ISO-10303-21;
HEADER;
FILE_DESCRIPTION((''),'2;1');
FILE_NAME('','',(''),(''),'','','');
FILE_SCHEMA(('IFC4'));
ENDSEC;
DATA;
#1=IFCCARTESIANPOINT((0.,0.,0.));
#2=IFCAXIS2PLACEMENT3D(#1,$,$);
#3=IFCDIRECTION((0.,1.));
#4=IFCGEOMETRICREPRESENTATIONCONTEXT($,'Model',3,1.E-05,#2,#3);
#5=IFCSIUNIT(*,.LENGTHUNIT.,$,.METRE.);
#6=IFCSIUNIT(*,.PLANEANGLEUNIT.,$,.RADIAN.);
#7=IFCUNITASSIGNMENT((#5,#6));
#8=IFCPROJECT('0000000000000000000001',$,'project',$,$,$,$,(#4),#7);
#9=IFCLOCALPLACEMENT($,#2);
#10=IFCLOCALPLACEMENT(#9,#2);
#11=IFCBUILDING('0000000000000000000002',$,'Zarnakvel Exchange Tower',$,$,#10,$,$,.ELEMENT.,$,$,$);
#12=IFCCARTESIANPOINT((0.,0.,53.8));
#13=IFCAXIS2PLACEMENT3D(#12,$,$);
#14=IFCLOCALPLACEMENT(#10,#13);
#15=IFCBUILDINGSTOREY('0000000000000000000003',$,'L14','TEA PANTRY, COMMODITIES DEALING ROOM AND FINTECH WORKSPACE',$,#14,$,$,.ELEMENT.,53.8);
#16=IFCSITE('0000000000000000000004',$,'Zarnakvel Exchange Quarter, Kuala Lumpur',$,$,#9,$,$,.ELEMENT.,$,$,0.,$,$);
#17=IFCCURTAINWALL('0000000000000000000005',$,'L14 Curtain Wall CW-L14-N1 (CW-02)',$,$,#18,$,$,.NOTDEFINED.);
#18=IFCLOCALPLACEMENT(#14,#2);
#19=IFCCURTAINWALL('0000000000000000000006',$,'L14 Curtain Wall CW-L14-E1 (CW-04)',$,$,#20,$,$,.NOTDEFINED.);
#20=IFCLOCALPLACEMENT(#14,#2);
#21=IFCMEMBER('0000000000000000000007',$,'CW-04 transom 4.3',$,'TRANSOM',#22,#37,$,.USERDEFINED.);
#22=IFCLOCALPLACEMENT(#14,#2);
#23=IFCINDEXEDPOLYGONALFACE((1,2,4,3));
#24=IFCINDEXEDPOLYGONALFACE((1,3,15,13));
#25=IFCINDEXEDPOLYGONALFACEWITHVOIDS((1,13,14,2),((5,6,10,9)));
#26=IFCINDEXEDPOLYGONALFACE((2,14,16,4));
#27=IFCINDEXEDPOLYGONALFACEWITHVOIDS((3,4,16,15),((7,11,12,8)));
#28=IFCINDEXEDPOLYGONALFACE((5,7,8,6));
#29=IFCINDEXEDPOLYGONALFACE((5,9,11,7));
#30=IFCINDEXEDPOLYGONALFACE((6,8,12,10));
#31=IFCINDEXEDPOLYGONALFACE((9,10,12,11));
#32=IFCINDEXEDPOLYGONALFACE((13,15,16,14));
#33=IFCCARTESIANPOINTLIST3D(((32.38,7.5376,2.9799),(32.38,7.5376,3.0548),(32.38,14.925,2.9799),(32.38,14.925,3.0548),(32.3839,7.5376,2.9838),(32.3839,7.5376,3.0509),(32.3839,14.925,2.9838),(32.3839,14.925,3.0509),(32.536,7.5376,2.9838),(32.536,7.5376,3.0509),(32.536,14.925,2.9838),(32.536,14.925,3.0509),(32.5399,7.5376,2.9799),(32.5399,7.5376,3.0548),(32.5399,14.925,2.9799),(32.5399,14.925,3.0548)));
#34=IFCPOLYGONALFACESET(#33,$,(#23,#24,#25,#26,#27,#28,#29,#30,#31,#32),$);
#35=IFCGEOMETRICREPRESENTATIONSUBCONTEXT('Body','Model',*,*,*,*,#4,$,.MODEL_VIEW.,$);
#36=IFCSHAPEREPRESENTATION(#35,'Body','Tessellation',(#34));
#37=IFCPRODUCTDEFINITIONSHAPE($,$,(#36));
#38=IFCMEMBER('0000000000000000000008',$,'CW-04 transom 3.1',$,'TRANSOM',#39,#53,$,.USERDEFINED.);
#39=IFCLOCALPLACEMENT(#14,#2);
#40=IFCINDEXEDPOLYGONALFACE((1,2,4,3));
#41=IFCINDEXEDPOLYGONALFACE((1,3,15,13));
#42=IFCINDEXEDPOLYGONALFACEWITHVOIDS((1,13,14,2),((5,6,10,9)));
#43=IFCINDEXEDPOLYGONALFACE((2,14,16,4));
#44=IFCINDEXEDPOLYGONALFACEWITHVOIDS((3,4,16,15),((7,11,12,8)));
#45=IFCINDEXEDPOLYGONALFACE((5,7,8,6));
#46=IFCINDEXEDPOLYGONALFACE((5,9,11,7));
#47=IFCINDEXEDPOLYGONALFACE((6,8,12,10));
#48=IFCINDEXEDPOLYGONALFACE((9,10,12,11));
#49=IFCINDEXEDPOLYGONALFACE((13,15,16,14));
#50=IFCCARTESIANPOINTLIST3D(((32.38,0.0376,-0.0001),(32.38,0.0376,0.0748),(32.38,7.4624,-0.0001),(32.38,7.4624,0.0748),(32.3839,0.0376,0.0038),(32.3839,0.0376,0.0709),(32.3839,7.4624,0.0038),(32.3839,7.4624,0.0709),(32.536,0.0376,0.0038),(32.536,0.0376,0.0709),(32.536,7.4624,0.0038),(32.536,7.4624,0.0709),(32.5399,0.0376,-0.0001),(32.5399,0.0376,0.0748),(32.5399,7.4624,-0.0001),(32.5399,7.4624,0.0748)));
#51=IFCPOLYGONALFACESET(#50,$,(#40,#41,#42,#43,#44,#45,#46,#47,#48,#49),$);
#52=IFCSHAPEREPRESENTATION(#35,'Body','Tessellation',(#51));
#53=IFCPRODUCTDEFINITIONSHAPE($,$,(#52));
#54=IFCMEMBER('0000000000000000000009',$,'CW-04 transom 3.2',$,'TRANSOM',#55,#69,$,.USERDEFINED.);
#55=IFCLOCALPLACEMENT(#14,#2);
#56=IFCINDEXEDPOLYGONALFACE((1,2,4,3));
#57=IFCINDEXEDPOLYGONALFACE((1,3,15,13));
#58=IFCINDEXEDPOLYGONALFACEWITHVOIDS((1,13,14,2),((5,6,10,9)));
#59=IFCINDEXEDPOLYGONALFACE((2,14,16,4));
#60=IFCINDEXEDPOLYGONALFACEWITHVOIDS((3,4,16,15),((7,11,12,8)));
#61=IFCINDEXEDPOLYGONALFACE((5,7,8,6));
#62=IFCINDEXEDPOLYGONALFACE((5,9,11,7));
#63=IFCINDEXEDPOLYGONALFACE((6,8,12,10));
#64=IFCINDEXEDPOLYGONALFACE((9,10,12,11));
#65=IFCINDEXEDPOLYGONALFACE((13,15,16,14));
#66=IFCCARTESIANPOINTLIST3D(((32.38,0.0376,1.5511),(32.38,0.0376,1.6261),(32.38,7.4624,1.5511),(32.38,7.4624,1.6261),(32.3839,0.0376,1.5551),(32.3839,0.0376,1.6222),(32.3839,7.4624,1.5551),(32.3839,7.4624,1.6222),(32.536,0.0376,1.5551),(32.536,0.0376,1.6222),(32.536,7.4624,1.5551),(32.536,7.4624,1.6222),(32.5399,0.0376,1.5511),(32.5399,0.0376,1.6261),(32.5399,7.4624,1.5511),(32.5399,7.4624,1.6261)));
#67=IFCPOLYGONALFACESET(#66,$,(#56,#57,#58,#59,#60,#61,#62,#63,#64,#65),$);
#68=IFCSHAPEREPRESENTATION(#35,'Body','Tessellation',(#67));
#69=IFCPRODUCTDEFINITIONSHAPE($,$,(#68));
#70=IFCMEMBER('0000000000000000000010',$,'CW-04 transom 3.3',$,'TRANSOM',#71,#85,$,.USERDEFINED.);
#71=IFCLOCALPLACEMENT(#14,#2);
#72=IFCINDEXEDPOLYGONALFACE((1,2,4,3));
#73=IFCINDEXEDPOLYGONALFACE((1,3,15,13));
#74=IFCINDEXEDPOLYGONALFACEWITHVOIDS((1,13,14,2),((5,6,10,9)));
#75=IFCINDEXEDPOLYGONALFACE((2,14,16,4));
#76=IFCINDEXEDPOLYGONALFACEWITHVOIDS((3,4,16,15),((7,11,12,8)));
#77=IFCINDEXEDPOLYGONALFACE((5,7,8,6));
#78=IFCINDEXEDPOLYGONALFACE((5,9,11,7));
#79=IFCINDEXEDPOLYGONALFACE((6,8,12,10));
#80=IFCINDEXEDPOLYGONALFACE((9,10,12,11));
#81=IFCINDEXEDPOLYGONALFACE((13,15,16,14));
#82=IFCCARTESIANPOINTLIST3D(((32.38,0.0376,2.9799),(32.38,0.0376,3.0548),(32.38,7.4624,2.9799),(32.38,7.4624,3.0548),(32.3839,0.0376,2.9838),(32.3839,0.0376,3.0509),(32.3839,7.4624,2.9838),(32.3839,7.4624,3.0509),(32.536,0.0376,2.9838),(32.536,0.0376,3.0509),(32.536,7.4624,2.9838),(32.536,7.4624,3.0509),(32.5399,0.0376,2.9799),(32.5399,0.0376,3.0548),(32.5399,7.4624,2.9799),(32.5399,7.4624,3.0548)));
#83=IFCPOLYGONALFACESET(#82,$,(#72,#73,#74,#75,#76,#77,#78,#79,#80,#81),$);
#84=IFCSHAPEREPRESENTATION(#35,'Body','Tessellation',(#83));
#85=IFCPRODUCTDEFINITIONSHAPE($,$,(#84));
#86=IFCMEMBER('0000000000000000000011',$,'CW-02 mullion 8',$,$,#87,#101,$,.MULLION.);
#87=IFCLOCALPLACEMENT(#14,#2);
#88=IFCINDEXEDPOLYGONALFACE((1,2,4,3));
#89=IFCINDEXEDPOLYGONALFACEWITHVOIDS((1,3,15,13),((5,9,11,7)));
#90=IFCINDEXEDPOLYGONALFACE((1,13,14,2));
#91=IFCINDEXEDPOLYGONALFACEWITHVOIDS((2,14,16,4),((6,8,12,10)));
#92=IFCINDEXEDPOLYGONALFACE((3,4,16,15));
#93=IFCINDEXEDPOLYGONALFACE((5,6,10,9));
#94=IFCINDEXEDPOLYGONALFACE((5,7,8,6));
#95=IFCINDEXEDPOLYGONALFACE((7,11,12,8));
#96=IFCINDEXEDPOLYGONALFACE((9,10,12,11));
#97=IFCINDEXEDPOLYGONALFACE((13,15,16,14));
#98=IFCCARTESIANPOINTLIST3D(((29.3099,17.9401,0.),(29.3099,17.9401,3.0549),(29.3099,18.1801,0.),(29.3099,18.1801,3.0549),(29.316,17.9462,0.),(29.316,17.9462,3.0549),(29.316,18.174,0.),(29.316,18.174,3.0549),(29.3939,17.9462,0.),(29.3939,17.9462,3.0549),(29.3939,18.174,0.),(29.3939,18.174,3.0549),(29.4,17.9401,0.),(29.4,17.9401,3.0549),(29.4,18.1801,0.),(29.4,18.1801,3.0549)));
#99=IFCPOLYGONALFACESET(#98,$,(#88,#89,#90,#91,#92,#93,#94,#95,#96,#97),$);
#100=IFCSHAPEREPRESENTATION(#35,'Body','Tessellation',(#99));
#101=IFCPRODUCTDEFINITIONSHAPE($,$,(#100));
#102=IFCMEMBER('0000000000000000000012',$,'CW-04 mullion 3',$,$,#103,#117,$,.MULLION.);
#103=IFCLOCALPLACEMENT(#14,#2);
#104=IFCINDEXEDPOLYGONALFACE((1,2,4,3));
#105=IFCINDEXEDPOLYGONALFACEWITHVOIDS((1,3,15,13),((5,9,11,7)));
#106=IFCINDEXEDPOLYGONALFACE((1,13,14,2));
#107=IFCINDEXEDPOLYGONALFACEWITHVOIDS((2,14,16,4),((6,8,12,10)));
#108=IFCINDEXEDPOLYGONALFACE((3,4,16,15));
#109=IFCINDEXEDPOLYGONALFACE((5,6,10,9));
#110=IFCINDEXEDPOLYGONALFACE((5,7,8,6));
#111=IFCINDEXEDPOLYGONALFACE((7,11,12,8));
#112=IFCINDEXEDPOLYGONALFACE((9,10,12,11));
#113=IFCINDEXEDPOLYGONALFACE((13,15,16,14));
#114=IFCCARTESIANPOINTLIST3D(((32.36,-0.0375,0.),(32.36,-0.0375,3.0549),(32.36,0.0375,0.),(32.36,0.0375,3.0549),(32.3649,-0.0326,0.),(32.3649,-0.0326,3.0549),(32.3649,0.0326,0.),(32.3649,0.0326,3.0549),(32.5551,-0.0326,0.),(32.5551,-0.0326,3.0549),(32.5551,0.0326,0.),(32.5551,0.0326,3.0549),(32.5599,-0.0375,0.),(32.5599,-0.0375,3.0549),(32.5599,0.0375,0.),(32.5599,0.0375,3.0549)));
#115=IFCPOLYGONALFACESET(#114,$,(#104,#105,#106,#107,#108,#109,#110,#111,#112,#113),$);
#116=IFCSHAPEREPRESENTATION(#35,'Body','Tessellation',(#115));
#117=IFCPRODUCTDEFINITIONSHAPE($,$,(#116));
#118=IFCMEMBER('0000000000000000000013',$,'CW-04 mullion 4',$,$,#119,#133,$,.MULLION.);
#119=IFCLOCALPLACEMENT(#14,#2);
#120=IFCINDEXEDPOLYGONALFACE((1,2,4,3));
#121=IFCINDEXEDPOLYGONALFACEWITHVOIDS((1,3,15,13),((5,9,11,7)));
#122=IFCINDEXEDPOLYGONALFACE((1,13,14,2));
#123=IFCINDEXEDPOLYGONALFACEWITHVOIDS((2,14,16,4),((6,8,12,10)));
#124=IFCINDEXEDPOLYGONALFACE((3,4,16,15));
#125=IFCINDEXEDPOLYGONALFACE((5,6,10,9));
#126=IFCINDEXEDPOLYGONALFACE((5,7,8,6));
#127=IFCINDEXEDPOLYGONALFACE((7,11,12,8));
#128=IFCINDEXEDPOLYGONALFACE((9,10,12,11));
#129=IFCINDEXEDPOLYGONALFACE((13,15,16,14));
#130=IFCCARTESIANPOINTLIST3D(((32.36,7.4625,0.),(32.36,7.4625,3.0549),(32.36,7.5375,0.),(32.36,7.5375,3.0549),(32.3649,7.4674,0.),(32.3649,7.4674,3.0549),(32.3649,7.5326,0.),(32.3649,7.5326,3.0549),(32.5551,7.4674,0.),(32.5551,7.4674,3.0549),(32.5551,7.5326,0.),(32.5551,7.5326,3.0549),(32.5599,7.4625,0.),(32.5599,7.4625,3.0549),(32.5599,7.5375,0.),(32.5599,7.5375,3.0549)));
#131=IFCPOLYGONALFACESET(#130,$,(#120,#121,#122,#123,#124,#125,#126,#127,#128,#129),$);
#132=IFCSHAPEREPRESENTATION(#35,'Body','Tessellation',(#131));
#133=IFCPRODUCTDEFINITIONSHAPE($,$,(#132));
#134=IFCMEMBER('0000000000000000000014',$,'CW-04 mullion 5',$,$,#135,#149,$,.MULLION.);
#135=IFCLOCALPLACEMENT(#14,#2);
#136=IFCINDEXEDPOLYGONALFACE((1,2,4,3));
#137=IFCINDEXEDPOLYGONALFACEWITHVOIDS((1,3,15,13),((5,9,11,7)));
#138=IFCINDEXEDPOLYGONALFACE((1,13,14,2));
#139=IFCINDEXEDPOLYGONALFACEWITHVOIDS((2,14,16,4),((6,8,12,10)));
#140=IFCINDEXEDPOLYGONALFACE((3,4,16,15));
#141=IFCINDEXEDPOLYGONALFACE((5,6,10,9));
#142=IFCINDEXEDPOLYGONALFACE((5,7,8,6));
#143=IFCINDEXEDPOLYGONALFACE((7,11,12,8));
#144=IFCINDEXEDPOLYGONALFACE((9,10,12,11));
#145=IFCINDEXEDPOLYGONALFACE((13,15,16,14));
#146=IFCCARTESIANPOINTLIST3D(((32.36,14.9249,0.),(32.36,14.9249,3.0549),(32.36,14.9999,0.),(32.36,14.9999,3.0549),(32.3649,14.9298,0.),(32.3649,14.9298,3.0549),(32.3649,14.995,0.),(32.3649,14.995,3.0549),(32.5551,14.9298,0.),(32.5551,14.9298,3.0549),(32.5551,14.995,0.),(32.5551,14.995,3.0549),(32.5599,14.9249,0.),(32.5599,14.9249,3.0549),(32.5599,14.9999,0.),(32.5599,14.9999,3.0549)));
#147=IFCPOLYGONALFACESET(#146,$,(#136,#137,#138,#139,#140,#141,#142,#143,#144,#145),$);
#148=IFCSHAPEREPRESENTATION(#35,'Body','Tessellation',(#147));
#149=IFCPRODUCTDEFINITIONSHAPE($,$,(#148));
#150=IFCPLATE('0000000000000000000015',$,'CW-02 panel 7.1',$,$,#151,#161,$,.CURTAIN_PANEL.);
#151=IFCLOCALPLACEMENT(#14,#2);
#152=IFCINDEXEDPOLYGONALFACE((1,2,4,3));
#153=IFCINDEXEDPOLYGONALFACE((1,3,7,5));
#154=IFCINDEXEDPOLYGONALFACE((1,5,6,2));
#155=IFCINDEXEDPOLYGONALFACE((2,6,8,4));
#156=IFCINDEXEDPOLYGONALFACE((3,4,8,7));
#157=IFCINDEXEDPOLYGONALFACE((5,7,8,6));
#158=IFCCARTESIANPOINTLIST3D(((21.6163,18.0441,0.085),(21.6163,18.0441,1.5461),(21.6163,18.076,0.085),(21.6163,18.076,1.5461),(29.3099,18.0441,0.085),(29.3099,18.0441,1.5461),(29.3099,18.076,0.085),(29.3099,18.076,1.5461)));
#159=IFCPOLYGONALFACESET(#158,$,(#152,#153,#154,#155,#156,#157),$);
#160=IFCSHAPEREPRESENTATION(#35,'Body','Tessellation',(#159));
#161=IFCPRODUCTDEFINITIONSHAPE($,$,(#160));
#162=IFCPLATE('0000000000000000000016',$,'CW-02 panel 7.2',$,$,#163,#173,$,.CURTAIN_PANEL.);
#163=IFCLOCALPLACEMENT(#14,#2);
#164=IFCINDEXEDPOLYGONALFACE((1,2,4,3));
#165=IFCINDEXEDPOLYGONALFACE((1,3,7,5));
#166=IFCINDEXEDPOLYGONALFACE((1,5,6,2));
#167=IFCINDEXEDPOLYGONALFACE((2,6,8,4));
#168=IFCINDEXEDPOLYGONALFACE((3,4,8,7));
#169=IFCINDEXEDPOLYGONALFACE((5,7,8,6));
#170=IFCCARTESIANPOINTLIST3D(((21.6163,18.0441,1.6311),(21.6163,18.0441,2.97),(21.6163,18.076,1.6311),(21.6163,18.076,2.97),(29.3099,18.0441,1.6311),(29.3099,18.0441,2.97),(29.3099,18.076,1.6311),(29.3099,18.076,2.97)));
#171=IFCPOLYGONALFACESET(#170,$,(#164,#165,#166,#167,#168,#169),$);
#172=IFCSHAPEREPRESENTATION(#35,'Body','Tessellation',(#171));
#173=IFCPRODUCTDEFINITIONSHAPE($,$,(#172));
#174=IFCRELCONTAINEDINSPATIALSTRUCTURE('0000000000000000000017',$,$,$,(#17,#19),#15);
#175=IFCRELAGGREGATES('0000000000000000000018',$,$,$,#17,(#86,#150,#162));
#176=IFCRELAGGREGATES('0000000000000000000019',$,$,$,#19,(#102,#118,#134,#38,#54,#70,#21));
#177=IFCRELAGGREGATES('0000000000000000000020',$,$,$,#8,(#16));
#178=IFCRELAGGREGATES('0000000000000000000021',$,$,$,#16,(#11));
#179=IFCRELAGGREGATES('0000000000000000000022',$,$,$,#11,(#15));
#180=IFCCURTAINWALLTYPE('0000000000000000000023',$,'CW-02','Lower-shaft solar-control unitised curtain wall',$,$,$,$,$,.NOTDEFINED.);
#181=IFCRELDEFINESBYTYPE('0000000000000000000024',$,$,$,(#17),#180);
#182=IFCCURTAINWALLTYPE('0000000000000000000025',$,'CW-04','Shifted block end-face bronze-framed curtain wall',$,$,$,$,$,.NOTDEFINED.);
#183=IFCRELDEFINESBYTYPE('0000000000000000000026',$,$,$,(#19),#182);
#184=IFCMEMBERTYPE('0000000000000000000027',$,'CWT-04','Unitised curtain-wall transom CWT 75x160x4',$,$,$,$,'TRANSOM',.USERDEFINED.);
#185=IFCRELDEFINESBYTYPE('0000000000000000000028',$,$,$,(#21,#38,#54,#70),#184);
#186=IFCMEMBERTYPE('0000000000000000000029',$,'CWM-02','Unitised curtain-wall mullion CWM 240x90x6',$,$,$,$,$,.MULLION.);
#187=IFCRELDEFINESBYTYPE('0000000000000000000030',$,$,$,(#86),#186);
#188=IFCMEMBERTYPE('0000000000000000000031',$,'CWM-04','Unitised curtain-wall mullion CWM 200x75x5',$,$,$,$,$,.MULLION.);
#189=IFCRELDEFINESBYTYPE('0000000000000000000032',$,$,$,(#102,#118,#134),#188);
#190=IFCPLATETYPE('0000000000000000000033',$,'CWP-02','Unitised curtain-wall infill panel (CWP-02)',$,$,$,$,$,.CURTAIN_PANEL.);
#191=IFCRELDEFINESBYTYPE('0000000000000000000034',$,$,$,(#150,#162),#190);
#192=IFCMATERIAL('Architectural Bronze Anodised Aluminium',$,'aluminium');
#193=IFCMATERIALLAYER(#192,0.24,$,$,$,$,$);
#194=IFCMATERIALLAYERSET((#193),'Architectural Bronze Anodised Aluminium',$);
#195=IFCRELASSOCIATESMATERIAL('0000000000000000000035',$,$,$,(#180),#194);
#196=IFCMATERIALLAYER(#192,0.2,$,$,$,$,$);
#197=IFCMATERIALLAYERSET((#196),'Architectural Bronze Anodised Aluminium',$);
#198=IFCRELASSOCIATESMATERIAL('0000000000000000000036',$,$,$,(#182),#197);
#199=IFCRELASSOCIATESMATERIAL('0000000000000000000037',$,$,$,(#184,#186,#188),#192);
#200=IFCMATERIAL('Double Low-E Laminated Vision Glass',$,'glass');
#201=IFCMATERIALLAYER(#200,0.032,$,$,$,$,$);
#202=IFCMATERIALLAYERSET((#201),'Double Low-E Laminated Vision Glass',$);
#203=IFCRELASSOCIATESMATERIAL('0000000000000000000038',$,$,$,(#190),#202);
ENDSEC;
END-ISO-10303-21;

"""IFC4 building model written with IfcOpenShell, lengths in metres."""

from ifc_helpers import new_model, si_unit, direction, frame, origin, origin_2d, place, context, subcontext, project, spatial, rectangle, hollow_rectangle, extrude, source, transform, mapped, material, layer, layer_set, material_profile, profile_set, type_object, element, aggregate, save


model = new_model("IFC4")

# Units and contexts
model_context = context("Model", 3, precision=1e-05, world=origin(), true_north=direction((0.0, 1.0)))
body_context = subcontext(model_context, "Body", "Model", "MODEL_VIEW")
ifc_project = project(units=[si_unit("LENGTHUNIT", "METRE"), si_unit("PLANEANGLEUNIT", "RADIAN")], contexts=[model_context])

# Site, building, storey
site_placement = place(None, origin())
site = spatial("IfcSite", under=ifc_project, at=site_placement, Name="Zarnakvel Exchange Quarter, Kuala Lumpur", CompositionType="ELEMENT", RefElevation=0.0)
building_placement = place(site_placement, origin())
building = spatial("IfcBuilding", under=site, at=building_placement, Name="Zarnakvel Exchange Tower", CompositionType="ELEMENT")
storey_placement = place(building_placement, frame((0.0, 0.0, 53.8)))
storey = spatial("IfcBuildingStorey", under=building, at=storey_placement, Name="L14", Description="TEA PANTRY, COMMODITIES DEALING ROOM AND FINTECH WORKSPACE", CompositionType="ELEMENT", Elevation=53.8)

# Curtain walls, members
ifc_material_1 = material(Name="Architectural Bronze Anodised Aluminium", Category="aluminium")
ifc_layer_1 = layer(ifc_material_1, 0.24)
ifc_layer_set_1 = layer_set([ifc_layer_1], Name="Architectural Bronze Anodised Aluminium")
curtain_wall_type_1 = type_object("IfcCurtainWallType", Name="CW-02", Description="Lower-shaft solar-control unitised curtain wall", PredefinedType="NOTDEFINED", material=ifc_layer_set_1)
curtain_wall_1_placement = place(storey_placement, origin())
curtain_wall_1 = element("IfcCurtainWall", 1, at=curtain_wall_1_placement, inside=storey, type_object=curtain_wall_type_1, Name="L14 Curtain Wall CW-L14-N1 (CW-02)", PredefinedType="NOTDEFINED")
ifc_layer_2 = layer(ifc_material_1, 0.2)
ifc_layer_set_2 = layer_set([ifc_layer_2], Name="Architectural Bronze Anodised Aluminium")
curtain_wall_type_2 = type_object("IfcCurtainWallType", Name="CW-04", Description="Shifted block end-face bronze-framed curtain wall", PredefinedType="NOTDEFINED", material=ifc_layer_set_2)
curtain_wall_2_placement = place(storey_placement, origin())
curtain_wall_2 = element("IfcCurtainWall", 2, at=curtain_wall_2_placement, inside=storey, type_object=curtain_wall_type_2, Name="L14 Curtain Wall CW-L14-E1 (CW-04)", PredefinedType="NOTDEFINED")
ifc_material_profile_1 = material_profile(ifc_material_1, hollow_rectangle(XDim=0.1599, YDim=0.075, WallThickness=0.0039, at=origin_2d()))
ifc_profile_set_1 = profile_set([ifc_material_profile_1], Name="Architectural Bronze Anodised Aluminium")
member_type_1 = type_object("IfcMemberType", Name="CWT-04", Description="Unitised curtain-wall transom CWT 75x160x4", ElementType="TRANSOM", PredefinedType="USERDEFINED", material=ifc_profile_set_1)
shared_shape_1 = source(origin(), body_context, "Body", "SweptSolid", [
    extrude(hollow_rectangle(XDim=0.1599, YDim=0.075, WallThickness=0.0039, at=origin_2d()), origin(), (0.0, 0.0, 1.0), 7.3875),
])
member_1_placement = place(storey_placement, frame((32.46, 7.5376, 3.0173), z_axis=(0.0, 1.0, 0.0), x_axis=(-1.0, 0.0, 0.0)))
member_1 = element("IfcMember", 3, at=member_1_placement, type_object=member_type_1, Name="CW-04 transom 4.3", ObjectType="TRANSOM", PredefinedType="USERDEFINED", context=body_context, shape_type="MappedRepresentation", body=[
    mapped(shared_shape_1, transform((0.0, 0.0, 0.0), x_axis=(1.0, 0.0, 0.0), y_axis=(0.0, 1.0, 0.0), z_axis=(0.0, 0.0, 1.0), scale=1.0)),
])
shared_shape_2 = source(origin(), body_context, "Body", "SweptSolid", [
    extrude(hollow_rectangle(XDim=0.1599, YDim=0.075, WallThickness=0.0039, at=origin_2d()), origin(), (0.0, 0.0, 1.0), 7.4248),
])
member_2_placement = place(storey_placement, frame((32.46, 0.0376, 0.0374), z_axis=(0.0, 1.0, 0.0), x_axis=(-1.0, 0.0, 0.0)))
member_2 = element("IfcMember", 4, at=member_2_placement, type_object=member_type_1, Name="CW-04 transom 3.1", ObjectType="TRANSOM", PredefinedType="USERDEFINED", context=body_context, shape_type="MappedRepresentation", body=[
    mapped(shared_shape_2, transform((0.0, 0.0, 0.0), x_axis=(1.0, 0.0, 0.0), y_axis=(0.0, 1.0, 0.0), z_axis=(0.0, 0.0, 1.0), scale=1.0)),
])
member_3_placement = place(storey_placement, frame((32.46, 0.0376, 1.5886), z_axis=(0.0, 1.0, 0.0), x_axis=(-1.0, 0.0, 0.0)))
member_3 = element("IfcMember", 5, at=member_3_placement, type_object=member_type_1, Name="CW-04 transom 3.2", ObjectType="TRANSOM", PredefinedType="USERDEFINED", context=body_context, shape_type="MappedRepresentation", body=[
    mapped(shared_shape_2, transform((0.0, 0.0, 0.0), x_axis=(1.0, 0.0, 0.0), y_axis=(0.0, 1.0, 0.0), z_axis=(0.0, 0.0, 1.0), scale=1.0)),
])
member_4_placement = place(storey_placement, frame((32.46, 0.0376, 3.0173), z_axis=(0.0, 1.0, 0.0), x_axis=(-1.0, 0.0, 0.0)))
member_4 = element("IfcMember", 6, at=member_4_placement, type_object=member_type_1, Name="CW-04 transom 3.3", ObjectType="TRANSOM", PredefinedType="USERDEFINED", context=body_context, shape_type="MappedRepresentation", body=[
    mapped(shared_shape_2, transform((0.0, 0.0, 0.0), x_axis=(1.0, 0.0, 0.0), y_axis=(0.0, 1.0, 0.0), z_axis=(0.0, 0.0, 1.0), scale=1.0)),
])

# Members
ifc_material_profile_2 = material_profile(ifc_material_1, hollow_rectangle(XDim=0.24, YDim=0.0901, WallThickness=0.0061, at=origin_2d()))
ifc_profile_set_2 = profile_set([ifc_material_profile_2], Name="Architectural Bronze Anodised Aluminium")
member_type_2 = type_object("IfcMemberType", Name="CWM-02", Description="Unitised curtain-wall mullion CWM 240x90x6", PredefinedType="MULLION", material=ifc_profile_set_2)
shared_shape_3 = source(origin(), body_context, "Body", "SweptSolid", [
    extrude(hollow_rectangle(XDim=0.24, YDim=0.0901, WallThickness=0.0061, at=origin_2d()), origin(), (0.0, 0.0, 1.0), 3.0549),
])
member_5_placement = place(storey_placement, frame((29.355, 18.0601, 0.0), z_axis=(0.0, 0.0, 1.0), x_axis=(0.0, 1.0, 0.0)))
member_5 = element("IfcMember", 7, at=member_5_placement, type_object=member_type_2, Name="CW-02 mullion 8", PredefinedType="MULLION", context=body_context, shape_type="MappedRepresentation", body=[
    mapped(shared_shape_3, transform((0.0, 0.0, 0.0), x_axis=(1.0, 0.0, 0.0), y_axis=(0.0, 1.0, 0.0), z_axis=(0.0, 0.0, 1.0), scale=1.0)),
])
ifc_material_profile_3 = material_profile(ifc_material_1, hollow_rectangle(XDim=0.2, YDim=0.075, WallThickness=0.0049, at=origin_2d()))
ifc_profile_set_3 = profile_set([ifc_material_profile_3], Name="Architectural Bronze Anodised Aluminium")
member_type_3 = type_object("IfcMemberType", Name="CWM-04", Description="Unitised curtain-wall mullion CWM 200x75x5", PredefinedType="MULLION", material=ifc_profile_set_3)
shared_shape_4 = source(origin(), body_context, "Body", "SweptSolid", [
    extrude(hollow_rectangle(XDim=0.2, YDim=0.075, WallThickness=0.0049, at=origin_2d()), origin(), (0.0, 0.0, 1.0), 3.0549),
])
member_6_placement = place(storey_placement, frame((32.46, 0.0, 0.0), z_axis=(0.0, 0.0, 1.0), x_axis=(-1.0, 0.0, 0.0)))
member_6 = element("IfcMember", 8, at=member_6_placement, type_object=member_type_3, Name="CW-04 mullion 3", PredefinedType="MULLION", context=body_context, shape_type="MappedRepresentation", body=[
    mapped(shared_shape_4, transform((0.0, 0.0, 0.0), x_axis=(1.0, 0.0, 0.0), y_axis=(0.0, 1.0, 0.0), z_axis=(0.0, 0.0, 1.0), scale=1.0)),
])
member_7_placement = place(storey_placement, frame((32.46, 7.5, 0.0), z_axis=(0.0, 0.0, 1.0), x_axis=(-1.0, 0.0, 0.0)))
member_7 = element("IfcMember", 9, at=member_7_placement, type_object=member_type_3, Name="CW-04 mullion 4", PredefinedType="MULLION", context=body_context, shape_type="MappedRepresentation", body=[
    mapped(shared_shape_4, transform((0.0, 0.0, 0.0), x_axis=(1.0, 0.0, 0.0), y_axis=(0.0, 1.0, 0.0), z_axis=(0.0, 0.0, 1.0), scale=1.0)),
])
member_8_placement = place(storey_placement, frame((32.46, 14.9624, 0.0), z_axis=(0.0, 0.0, 1.0), x_axis=(-1.0, 0.0, 0.0)))
member_8 = element("IfcMember", 10, at=member_8_placement, type_object=member_type_3, Name="CW-04 mullion 5", PredefinedType="MULLION", context=body_context, shape_type="MappedRepresentation", body=[
    mapped(shared_shape_4, transform((0.0, 0.0, 0.0), x_axis=(1.0, 0.0, 0.0), y_axis=(0.0, 1.0, 0.0), z_axis=(0.0, 0.0, 1.0), scale=1.0)),
])

# Plates
ifc_material_2 = material(Name="Double Low-E Laminated Vision Glass", Category="glass")
ifc_layer_3 = layer(ifc_material_2, 0.032)
ifc_layer_set_3 = layer_set([ifc_layer_3], Name="Double Low-E Laminated Vision Glass")
plate_type_1 = type_object("IfcPlateType", Name="CWP-02", Description="Unitised curtain-wall infill panel (CWP-02)", PredefinedType="CURTAIN_PANEL", material=ifc_layer_set_3)
shared_shape_5 = source(origin(), body_context, "Body", "SweptSolid", [
    extrude(rectangle(XDim=7.6936, YDim=0.032, at=origin_2d()), origin(), (0.0, 0.0, 1.0), 1.4612),
])
plate_1_placement = place(storey_placement, frame((25.4631, 18.0601, 0.085), z_axis=(0.0, 0.0, 1.0), x_axis=(1.0, 0.0, 0.0)))
plate_1 = element("IfcPlate", 11, at=plate_1_placement, type_object=plate_type_1, Name="CW-02 panel 7.1", PredefinedType="CURTAIN_PANEL", context=body_context, shape_type="MappedRepresentation", body=[
    mapped(shared_shape_5, transform((0.0, 0.0, 0.0), x_axis=(1.0, 0.0, 0.0), y_axis=(0.0, 1.0, 0.0), z_axis=(0.0, 0.0, 1.0), scale=1.0)),
])
shared_shape_6 = source(origin(), body_context, "Body", "SweptSolid", [
    extrude(rectangle(XDim=7.6936, YDim=0.032, at=origin_2d()), origin(), (0.0, 0.0, 1.0), 1.3389),
])
plate_2_placement = place(storey_placement, frame((25.4631, 18.0601, 1.6311), z_axis=(0.0, 0.0, 1.0), x_axis=(1.0, 0.0, 0.0)))
plate_2 = element("IfcPlate", 12, at=plate_2_placement, type_object=plate_type_1, Name="CW-02 panel 7.2", PredefinedType="CURTAIN_PANEL", context=body_context, shape_type="MappedRepresentation", body=[
    mapped(shared_shape_6, transform((0.0, 0.0, 0.0), x_axis=(1.0, 0.0, 0.0), y_axis=(0.0, 1.0, 0.0), z_axis=(0.0, 0.0, 1.0), scale=1.0)),
])
aggregate(curtain_wall_1, [member_5, plate_1, plate_2])
aggregate(curtain_wall_2, [member_6, member_7, member_8, member_2, member_3, member_4, member_1])

save(model, "model.ifc")
